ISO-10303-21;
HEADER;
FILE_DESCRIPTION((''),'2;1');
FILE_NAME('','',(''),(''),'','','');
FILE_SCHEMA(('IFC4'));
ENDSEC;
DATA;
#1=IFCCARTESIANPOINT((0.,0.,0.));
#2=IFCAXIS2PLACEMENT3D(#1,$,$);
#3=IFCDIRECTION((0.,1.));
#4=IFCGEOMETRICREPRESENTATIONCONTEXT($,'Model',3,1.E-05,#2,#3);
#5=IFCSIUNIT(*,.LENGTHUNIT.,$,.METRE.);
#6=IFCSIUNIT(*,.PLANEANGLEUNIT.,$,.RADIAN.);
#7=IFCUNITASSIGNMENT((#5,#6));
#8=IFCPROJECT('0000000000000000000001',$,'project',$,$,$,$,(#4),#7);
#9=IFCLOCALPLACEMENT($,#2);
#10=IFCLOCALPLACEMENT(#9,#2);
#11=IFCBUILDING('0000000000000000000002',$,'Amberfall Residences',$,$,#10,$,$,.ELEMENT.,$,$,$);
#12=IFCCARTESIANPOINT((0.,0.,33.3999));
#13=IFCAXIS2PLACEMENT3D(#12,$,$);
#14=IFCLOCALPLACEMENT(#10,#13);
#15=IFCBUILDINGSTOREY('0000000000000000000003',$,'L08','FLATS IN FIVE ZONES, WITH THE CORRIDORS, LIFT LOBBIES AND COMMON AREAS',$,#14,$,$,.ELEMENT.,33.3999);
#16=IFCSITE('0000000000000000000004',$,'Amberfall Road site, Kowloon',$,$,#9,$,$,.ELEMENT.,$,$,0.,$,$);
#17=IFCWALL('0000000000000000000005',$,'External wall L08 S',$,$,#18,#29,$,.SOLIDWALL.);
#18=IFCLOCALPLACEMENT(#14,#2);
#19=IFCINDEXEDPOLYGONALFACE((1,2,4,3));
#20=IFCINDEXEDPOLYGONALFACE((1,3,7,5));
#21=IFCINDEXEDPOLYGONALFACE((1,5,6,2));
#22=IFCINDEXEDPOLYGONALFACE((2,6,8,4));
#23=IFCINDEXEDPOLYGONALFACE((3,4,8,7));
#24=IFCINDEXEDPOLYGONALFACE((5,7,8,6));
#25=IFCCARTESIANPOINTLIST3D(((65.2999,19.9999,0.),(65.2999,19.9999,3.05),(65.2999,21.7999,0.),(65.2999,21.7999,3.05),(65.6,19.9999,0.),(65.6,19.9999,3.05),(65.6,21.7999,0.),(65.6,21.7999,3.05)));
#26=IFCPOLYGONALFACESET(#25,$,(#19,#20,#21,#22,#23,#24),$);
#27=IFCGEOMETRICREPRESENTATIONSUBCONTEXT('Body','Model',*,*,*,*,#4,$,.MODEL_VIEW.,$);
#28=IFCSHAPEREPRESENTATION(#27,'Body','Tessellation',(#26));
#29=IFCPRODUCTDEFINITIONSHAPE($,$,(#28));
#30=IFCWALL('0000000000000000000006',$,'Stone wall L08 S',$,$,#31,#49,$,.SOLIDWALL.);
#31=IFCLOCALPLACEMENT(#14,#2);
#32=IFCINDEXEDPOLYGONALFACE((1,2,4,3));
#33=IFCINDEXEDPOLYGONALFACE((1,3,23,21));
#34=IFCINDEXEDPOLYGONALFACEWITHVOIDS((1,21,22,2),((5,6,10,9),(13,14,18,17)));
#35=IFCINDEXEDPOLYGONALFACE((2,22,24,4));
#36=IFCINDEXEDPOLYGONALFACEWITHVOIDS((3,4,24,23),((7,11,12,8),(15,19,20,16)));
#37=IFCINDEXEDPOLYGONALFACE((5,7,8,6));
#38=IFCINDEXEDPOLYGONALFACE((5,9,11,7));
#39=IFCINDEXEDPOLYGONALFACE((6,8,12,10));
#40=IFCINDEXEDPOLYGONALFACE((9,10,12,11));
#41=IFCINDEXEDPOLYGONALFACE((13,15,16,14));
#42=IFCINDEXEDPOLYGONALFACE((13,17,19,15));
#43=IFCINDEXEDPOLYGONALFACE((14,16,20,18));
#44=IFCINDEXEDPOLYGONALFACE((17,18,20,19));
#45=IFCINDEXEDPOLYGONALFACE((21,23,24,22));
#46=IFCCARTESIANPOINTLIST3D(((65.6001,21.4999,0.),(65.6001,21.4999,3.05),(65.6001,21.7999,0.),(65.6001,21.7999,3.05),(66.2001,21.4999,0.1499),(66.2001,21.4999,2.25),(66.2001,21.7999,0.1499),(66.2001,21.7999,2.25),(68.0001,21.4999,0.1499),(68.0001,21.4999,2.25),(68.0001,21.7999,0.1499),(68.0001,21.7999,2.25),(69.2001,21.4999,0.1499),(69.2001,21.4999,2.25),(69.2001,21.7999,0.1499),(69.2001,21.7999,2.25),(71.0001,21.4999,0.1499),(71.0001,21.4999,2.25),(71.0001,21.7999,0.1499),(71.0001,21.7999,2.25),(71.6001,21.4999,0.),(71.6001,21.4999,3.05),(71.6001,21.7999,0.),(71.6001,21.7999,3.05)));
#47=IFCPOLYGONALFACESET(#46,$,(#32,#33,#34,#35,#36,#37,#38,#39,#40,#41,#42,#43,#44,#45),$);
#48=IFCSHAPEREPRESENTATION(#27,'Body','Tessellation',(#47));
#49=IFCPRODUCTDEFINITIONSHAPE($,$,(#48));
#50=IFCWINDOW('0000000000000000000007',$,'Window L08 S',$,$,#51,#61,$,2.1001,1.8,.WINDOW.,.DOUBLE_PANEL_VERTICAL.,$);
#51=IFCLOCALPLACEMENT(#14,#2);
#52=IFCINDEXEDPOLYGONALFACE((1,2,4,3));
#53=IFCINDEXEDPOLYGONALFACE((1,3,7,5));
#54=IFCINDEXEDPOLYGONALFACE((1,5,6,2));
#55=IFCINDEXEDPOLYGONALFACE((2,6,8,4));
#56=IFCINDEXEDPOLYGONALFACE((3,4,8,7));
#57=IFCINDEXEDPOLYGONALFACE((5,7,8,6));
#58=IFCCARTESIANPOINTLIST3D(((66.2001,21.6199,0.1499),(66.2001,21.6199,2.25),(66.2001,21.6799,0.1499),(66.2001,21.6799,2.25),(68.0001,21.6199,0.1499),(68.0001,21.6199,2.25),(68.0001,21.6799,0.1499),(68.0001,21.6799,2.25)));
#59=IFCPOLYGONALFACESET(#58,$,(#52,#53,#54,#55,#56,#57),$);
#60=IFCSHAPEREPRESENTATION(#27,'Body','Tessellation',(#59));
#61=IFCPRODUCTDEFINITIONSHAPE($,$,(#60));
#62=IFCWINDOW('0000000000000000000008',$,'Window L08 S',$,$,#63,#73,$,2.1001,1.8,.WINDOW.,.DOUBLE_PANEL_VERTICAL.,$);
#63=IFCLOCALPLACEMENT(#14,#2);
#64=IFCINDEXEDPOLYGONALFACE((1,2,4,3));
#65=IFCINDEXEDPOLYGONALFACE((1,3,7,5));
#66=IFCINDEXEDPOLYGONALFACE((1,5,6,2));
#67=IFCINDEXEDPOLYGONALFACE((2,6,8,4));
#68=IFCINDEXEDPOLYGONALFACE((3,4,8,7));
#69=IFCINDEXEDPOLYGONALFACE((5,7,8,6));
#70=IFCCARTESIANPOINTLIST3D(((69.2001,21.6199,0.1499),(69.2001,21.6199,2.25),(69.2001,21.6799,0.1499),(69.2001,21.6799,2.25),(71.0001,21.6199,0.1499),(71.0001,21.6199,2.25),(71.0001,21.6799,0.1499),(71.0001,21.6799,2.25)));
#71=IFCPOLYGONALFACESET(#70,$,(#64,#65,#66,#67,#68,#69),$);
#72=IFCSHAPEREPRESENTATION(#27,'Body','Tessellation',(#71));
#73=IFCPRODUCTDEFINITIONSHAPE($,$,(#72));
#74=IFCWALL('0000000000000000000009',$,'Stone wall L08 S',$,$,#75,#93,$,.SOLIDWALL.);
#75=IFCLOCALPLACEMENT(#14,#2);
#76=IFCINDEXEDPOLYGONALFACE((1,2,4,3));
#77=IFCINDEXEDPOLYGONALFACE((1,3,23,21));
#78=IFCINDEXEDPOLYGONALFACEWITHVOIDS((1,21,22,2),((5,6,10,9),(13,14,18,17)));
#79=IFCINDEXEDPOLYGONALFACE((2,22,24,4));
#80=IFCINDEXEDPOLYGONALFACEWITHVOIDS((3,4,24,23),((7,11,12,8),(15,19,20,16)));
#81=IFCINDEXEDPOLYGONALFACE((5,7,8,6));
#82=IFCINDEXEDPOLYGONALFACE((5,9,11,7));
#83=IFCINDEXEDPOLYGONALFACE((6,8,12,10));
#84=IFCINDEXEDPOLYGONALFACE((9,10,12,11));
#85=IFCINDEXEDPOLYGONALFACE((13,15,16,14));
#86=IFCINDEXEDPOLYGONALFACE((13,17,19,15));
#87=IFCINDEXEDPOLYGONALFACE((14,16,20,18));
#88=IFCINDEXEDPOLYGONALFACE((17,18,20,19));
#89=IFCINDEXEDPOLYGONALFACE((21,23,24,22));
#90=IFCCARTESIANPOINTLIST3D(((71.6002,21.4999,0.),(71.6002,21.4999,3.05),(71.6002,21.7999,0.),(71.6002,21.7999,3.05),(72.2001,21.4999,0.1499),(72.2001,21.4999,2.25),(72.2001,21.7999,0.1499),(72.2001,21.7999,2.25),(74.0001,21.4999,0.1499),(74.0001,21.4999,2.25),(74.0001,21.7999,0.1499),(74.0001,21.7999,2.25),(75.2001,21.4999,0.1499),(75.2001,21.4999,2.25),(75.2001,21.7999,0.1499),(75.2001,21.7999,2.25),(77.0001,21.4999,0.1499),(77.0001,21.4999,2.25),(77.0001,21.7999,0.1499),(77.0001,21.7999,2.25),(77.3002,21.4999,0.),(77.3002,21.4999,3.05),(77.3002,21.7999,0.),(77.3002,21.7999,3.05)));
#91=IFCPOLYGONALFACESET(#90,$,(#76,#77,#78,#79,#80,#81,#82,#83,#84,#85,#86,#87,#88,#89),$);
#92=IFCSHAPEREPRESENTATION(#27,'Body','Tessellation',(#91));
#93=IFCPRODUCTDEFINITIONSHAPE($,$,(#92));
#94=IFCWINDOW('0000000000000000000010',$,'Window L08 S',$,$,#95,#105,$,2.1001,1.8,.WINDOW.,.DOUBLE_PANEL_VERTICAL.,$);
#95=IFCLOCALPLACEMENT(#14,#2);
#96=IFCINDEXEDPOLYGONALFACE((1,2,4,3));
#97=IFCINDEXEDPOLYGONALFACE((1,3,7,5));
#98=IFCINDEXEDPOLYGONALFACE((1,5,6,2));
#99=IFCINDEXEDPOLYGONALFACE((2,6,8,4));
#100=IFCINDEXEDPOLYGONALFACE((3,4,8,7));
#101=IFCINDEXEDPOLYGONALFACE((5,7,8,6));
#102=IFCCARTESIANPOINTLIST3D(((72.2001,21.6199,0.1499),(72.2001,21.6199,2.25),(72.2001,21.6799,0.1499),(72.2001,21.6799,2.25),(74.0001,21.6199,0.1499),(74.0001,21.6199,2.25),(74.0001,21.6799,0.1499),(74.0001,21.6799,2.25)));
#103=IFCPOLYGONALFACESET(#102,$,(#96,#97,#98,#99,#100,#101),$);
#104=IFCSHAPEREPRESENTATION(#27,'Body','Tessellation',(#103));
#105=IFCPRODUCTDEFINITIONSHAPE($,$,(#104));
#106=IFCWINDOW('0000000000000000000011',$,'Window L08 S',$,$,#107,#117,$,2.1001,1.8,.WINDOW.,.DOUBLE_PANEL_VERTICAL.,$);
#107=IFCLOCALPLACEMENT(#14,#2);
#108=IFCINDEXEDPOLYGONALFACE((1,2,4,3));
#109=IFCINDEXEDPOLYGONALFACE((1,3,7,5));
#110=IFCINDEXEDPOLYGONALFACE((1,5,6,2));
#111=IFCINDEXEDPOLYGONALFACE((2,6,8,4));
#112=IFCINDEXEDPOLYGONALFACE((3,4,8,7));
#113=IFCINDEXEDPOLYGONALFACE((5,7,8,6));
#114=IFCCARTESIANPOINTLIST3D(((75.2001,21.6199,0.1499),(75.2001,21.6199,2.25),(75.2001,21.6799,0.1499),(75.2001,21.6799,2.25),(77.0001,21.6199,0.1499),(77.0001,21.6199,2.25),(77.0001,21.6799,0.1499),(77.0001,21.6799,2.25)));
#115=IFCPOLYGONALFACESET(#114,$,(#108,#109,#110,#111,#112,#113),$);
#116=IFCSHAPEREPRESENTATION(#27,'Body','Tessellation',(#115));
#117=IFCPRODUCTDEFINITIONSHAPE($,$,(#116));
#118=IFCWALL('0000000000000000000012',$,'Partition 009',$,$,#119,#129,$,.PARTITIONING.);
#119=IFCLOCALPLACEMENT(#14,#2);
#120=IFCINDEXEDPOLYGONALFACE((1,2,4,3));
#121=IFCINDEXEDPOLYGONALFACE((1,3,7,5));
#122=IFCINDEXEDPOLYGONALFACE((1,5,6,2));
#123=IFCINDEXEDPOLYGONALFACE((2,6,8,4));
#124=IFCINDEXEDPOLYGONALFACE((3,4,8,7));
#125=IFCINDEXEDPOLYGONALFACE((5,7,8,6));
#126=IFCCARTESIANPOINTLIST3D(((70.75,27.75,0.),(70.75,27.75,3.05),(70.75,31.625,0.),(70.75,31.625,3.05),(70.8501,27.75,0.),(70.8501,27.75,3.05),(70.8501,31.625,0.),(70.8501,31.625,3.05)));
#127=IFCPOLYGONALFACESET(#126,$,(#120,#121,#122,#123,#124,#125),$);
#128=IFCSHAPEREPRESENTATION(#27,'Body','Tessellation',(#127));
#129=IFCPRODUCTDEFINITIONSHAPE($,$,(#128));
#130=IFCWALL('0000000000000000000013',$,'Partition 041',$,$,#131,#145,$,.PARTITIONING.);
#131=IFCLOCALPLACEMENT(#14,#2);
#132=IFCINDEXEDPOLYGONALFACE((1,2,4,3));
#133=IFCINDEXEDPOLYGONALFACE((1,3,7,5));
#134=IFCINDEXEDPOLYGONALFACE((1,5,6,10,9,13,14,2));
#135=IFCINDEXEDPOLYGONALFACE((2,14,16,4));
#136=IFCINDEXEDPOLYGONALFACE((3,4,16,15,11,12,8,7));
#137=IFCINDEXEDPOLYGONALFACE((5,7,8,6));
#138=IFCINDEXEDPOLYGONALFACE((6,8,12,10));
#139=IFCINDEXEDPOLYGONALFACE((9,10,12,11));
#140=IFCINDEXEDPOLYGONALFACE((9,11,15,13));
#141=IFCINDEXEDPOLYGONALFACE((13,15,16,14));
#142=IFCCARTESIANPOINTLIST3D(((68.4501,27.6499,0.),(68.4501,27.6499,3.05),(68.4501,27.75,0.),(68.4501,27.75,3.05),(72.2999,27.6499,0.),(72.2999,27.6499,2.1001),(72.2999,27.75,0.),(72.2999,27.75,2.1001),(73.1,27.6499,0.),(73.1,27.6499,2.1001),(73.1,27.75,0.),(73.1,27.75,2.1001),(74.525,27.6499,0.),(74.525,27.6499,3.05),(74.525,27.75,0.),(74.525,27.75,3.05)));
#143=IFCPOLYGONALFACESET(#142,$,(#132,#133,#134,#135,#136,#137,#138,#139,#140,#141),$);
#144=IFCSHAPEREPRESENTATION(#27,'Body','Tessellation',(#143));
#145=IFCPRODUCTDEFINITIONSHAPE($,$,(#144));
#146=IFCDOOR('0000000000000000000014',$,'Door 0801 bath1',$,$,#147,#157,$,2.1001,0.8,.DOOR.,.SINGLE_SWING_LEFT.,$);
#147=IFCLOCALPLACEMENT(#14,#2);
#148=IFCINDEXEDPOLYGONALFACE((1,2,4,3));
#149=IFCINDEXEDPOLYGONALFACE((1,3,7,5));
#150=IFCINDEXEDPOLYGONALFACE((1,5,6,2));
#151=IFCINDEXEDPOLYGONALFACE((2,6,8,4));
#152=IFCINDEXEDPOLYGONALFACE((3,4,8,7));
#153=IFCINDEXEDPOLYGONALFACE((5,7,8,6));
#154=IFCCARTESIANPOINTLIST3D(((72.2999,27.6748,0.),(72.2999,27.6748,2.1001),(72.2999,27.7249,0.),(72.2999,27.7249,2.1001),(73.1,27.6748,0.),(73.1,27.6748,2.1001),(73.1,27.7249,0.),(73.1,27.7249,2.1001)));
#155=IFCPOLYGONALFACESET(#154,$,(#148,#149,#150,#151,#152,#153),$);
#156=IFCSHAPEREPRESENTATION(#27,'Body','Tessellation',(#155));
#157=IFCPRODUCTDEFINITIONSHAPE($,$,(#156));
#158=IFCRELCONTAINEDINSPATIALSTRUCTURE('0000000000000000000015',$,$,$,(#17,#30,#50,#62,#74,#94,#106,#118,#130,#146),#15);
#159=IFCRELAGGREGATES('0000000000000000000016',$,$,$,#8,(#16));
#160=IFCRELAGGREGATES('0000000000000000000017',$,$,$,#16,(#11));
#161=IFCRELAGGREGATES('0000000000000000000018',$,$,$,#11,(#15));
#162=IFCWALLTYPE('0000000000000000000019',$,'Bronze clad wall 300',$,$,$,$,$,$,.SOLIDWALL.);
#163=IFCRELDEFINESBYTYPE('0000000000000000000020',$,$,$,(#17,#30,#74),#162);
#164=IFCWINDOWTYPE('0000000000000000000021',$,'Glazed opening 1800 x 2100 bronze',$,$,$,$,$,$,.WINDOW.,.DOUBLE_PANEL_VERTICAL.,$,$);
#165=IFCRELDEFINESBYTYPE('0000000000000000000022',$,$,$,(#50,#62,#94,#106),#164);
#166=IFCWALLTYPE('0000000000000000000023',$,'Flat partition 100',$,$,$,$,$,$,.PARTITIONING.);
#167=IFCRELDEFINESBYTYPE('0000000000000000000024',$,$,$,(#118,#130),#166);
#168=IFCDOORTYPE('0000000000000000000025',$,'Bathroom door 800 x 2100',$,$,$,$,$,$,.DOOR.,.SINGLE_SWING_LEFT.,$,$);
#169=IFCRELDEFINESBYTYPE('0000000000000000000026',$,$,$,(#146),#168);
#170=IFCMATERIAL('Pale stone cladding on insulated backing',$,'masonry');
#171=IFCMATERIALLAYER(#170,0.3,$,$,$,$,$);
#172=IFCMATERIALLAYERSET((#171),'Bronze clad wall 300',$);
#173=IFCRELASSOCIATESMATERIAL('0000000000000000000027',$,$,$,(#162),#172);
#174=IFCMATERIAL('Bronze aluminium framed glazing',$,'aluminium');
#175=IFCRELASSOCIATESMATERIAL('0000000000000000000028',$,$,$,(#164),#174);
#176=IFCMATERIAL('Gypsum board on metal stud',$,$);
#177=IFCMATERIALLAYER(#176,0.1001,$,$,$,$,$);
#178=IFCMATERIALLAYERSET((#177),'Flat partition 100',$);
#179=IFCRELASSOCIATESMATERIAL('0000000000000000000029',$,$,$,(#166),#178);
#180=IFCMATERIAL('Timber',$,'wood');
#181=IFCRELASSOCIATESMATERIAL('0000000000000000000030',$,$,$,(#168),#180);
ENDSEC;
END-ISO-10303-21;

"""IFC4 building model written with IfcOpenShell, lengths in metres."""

from ifc_helpers import new_model, si_unit, direction, frame, frame_2d, origin, place, context, subcontext, project, spatial, rectangle, extrude, material, layer, layer_set, type_object, element, fill, save


model = new_model("IFC4")

# Units and contexts
model_context = context("Model", 3, precision=1e-05, world=origin(), true_north=direction((0.0, 1.0)))
body_context = subcontext(model_context, "Body", "Model", "MODEL_VIEW")
ifc_project = project(units=[si_unit("LENGTHUNIT", "METRE"), si_unit("PLANEANGLEUNIT", "RADIAN")], contexts=[model_context])

# Site, building, storey
site_placement = place(None, origin())
site = spatial("IfcSite", under=ifc_project, at=site_placement, Name="Amberfall Road site, Kowloon", CompositionType="ELEMENT", RefElevation=0.0)
building_placement = place(site_placement, origin())
building = spatial("IfcBuilding", under=site, at=building_placement, Name="Amberfall Residences", CompositionType="ELEMENT")
storey_placement = place(building_placement, frame((0.0, 0.0, 33.3999)))
storey = spatial("IfcBuildingStorey", under=building, at=storey_placement, Name="L08", Description="FLATS IN FIVE ZONES, WITH THE CORRIDORS, LIFT LOBBIES AND COMMON AREAS", CompositionType="ELEMENT", Elevation=33.3999)

# Wall
ifc_material_1 = material(Name="Pale stone cladding on insulated backing", Category="masonry")
ifc_layer_1 = layer(ifc_material_1, 0.3)
ifc_layer_set_1 = layer_set([ifc_layer_1], Name="Bronze clad wall 300")
wall_type_1 = type_object("IfcWallType", Name="Bronze clad wall 300", PredefinedType="SOLIDWALL", material=ifc_layer_set_1)
wall_1_placement = place(storey_placement, frame((65.45, 20.0, 0.0), z_axis=(0.0, 0.0, 1.0), x_axis=(0.0, 1.0, 0.0)))
element("IfcWall", 1, at=wall_1_placement, inside=storey, type_object=wall_type_1, Name="External wall L08 S", PredefinedType="SOLIDWALL", context=body_context, shape_type="SweptSolid", body=[
    extrude(rectangle(XDim=1.8, YDim=0.3, at=frame_2d((0.8999, 0.0))), origin(), (0.0, 0.0, 1.0), 3.05),
])

# Walls, openings, windows
wall_2_placement = place(storey_placement, frame((65.6001, 21.6499, 0.0), z_axis=(0.0, 0.0, 1.0), x_axis=(1.0, 0.0, 0.0)))
wall_2 = element("IfcWall", 2, at=wall_2_placement, inside=storey, type_object=wall_type_1, Name="Stone wall L08 S", PredefinedType="SOLIDWALL", context=body_context, shape_type="SweptSolid", body=[
    extrude(rectangle(XDim=6.0, YDim=0.3, at=frame_2d((3.0, 0.0))), origin(), (0.0, 0.0, 1.0), 3.05),
])
opening_1_placement = place(wall_2_placement, frame((0.6001, 0.0, 0.1499)))
opening_1 = element("IfcOpeningElement", 3, at=opening_1_placement, cuts=wall_2, PredefinedType="OPENING", context=body_context, shape_type="SweptSolid", body=[
    extrude(rectangle(XDim=1.8, YDim=2.1001, at=frame_2d((0.8999, 1.05))), frame((0.0, 0.1599, 0.0), z_axis=(0.0, -1.0, 0.0), x_axis=(1.0, 0.0, 0.0)), (0.0, 0.0, 1.0), 0.3201),
])
opening_2_placement = place(wall_2_placement, frame((3.6001, 0.0, 0.1499)))
opening_2 = element("IfcOpeningElement", 4, at=opening_2_placement, cuts=wall_2, PredefinedType="OPENING", context=body_context, shape_type="SweptSolid", body=[
    extrude(rectangle(XDim=1.8, YDim=2.1001, at=frame_2d((0.8999, 1.05))), frame((0.0, 0.1599, 0.0), z_axis=(0.0, -1.0, 0.0), x_axis=(1.0, 0.0, 0.0)), (0.0, 0.0, 1.0), 0.3201),
])
ifc_material_2 = material(Name="Bronze aluminium framed glazing", Category="aluminium")
window_type = type_object("IfcWindowType", Name="Glazed opening 1800 x 2100 bronze", PartitioningType="DOUBLE_PANEL_VERTICAL", PredefinedType="WINDOW", material=ifc_material_2)
window_1_placement = place(opening_1_placement, origin())
window_1 = element("IfcWindow", 5, at=window_1_placement, inside=storey, type_object=window_type, Name="Window L08 S", OverallHeight=2.1001, OverallWidth=1.8, PartitioningType="DOUBLE_PANEL_VERTICAL", PredefinedType="WINDOW", context=body_context, shape_type="SweptSolid", body=[
    extrude(rectangle(XDim=1.8, YDim=2.1001, at=frame_2d((0.8999, 1.05))), frame((0.0, 0.03, 0.0), z_axis=(0.0, -1.0, 0.0), x_axis=(1.0, 0.0, 0.0)), (0.0, 0.0, 1.0), 0.0601),
])
fill(opening_1, window_1)
window_2_placement = place(opening_2_placement, origin())
window_2 = element("IfcWindow", 6, at=window_2_placement, inside=storey, type_object=window_type, Name="Window L08 S", OverallHeight=2.1001, OverallWidth=1.8, PartitioningType="DOUBLE_PANEL_VERTICAL", PredefinedType="WINDOW", context=body_context, shape_type="SweptSolid", body=[
    extrude(rectangle(XDim=1.8, YDim=2.1001, at=frame_2d((0.8999, 1.05))), frame((0.0, 0.03, 0.0), z_axis=(0.0, -1.0, 0.0), x_axis=(1.0, 0.0, 0.0)), (0.0, 0.0, 1.0), 0.0601),
])
fill(opening_2, window_2)
wall_3_placement = place(storey_placement, frame((71.6001, 21.6499, 0.0), z_axis=(0.0, 0.0, 1.0), x_axis=(1.0, 0.0, 0.0)))
wall_3 = element("IfcWall", 7, at=wall_3_placement, inside=storey, type_object=wall_type_1, Name="Stone wall L08 S", PredefinedType="SOLIDWALL", context=body_context, shape_type="SweptSolid", body=[
    extrude(rectangle(XDim=5.7, YDim=0.3, at=frame_2d((2.8501, 0.0))), origin(), (0.0, 0.0, 1.0), 3.05),
])
opening_3_placement = place(wall_3_placement, frame((0.6001, 0.0, 0.1499)))
opening_3 = element("IfcOpeningElement", 8, at=opening_3_placement, cuts=wall_3, PredefinedType="OPENING", context=body_context, shape_type="SweptSolid", body=[
    extrude(rectangle(XDim=1.8, YDim=2.1001, at=frame_2d((0.8999, 1.05))), frame((0.0, 0.1599, 0.0), z_axis=(0.0, -1.0, 0.0), x_axis=(1.0, 0.0, 0.0)), (0.0, 0.0, 1.0), 0.3201),
])
opening_4_placement = place(wall_3_placement, frame((3.6001, 0.0, 0.1499)))
opening_4 = element("IfcOpeningElement", 9, at=opening_4_placement, cuts=wall_3, PredefinedType="OPENING", context=body_context, shape_type="SweptSolid", body=[
    extrude(rectangle(XDim=1.8, YDim=2.1001, at=frame_2d((0.8999, 1.05))), frame((0.0, 0.1599, 0.0), z_axis=(0.0, -1.0, 0.0), x_axis=(1.0, 0.0, 0.0)), (0.0, 0.0, 1.0), 0.3201),
])
window_3_placement = place(opening_3_placement, origin())
window_3 = element("IfcWindow", 10, at=window_3_placement, inside=storey, type_object=window_type, Name="Window L08 S", OverallHeight=2.1001, OverallWidth=1.8, PartitioningType="DOUBLE_PANEL_VERTICAL", PredefinedType="WINDOW", context=body_context, shape_type="SweptSolid", body=[
    extrude(rectangle(XDim=1.8, YDim=2.1001, at=frame_2d((0.8999, 1.05))), frame((0.0, 0.03, 0.0), z_axis=(0.0, -1.0, 0.0), x_axis=(1.0, 0.0, 0.0)), (0.0, 0.0, 1.0), 0.0601),
])
fill(opening_3, window_3)
window_4_placement = place(opening_4_placement, origin())
window_4 = element("IfcWindow", 11, at=window_4_placement, inside=storey, type_object=window_type, Name="Window L08 S", OverallHeight=2.1001, OverallWidth=1.8, PartitioningType="DOUBLE_PANEL_VERTICAL", PredefinedType="WINDOW", context=body_context, shape_type="SweptSolid", body=[
    extrude(rectangle(XDim=1.8, YDim=2.1001, at=frame_2d((0.8999, 1.05))), frame((0.0, 0.03, 0.0), z_axis=(0.0, -1.0, 0.0), x_axis=(1.0, 0.0, 0.0)), (0.0, 0.0, 1.0), 0.0601),
])
fill(opening_4, window_4)

# Wall
ifc_material_3 = material(Name="Gypsum board on metal stud")
ifc_layer_2 = layer(ifc_material_3, 0.1001)
ifc_layer_set_2 = layer_set([ifc_layer_2], Name="Flat partition 100")
wall_type_2 = type_object("IfcWallType", Name="Flat partition 100", PredefinedType="PARTITIONING", material=ifc_layer_set_2)
wall_4_placement = place(storey_placement, frame((70.8, 27.75, 0.0), z_axis=(0.0, 0.0, 1.0), x_axis=(0.0, 1.0, 0.0)))
element("IfcWall", 12, at=wall_4_placement, inside=storey, type_object=wall_type_2, Name="Partition 009", PredefinedType="PARTITIONING", context=body_context, shape_type="SweptSolid", body=[
    extrude(rectangle(XDim=3.875, YDim=0.1001, at=frame_2d((1.9375, 0.0))), origin(), (0.0, 0.0, 1.0), 3.05),
])

# Wall, opening, door
wall_5_placement = place(storey_placement, frame((68.45, 27.7, 0.0), z_axis=(0.0, 0.0, 1.0), x_axis=(1.0, 0.0, 0.0)))
wall_5 = element("IfcWall", 13, at=wall_5_placement, inside=storey, type_object=wall_type_2, Name="Partition 041", PredefinedType="PARTITIONING", context=body_context, shape_type="SweptSolid", body=[
    extrude(rectangle(XDim=6.075, YDim=0.1001, at=frame_2d((3.0376, 0.0))), origin(), (0.0, 0.0, 1.0), 3.05),
])
opening_5_placement = place(wall_5_placement, frame((3.8501, 0.0, 0.0)))
opening_5 = element("IfcOpeningElement", 14, at=opening_5_placement, cuts=wall_5, PredefinedType="OPENING", context=body_context, shape_type="SweptSolid", body=[
    extrude(rectangle(XDim=0.8, YDim=2.1001, at=frame_2d((0.3999, 1.05))), frame((0.0, 0.0601, 0.0), z_axis=(0.0, -1.0, 0.0), x_axis=(1.0, 0.0, 0.0)), (0.0, 0.0, 1.0), 0.1201),
])
ifc_material_4 = material(Name="Timber", Category="wood")
door_type = type_object("IfcDoorType", Name="Bathroom door 800 x 2100", OperationType="SINGLE_SWING_LEFT", PredefinedType="DOOR", material=ifc_material_4)
door_placement = place(opening_5_placement, origin())
door = element("IfcDoor", 15, at=door_placement, inside=storey, type_object=door_type, Name="Door 0801 bath1", OperationType="SINGLE_SWING_LEFT", OverallHeight=2.1001, OverallWidth=0.8, PredefinedType="DOOR", context=body_context, shape_type="SweptSolid", body=[
    extrude(rectangle(XDim=0.8, YDim=2.1001, at=frame_2d((0.3999, 1.05))), frame((0.0, 0.0249, 0.0), z_axis=(0.0, -1.0, 0.0), x_axis=(1.0, 0.0, 0.0)), (0.0, 0.0, 1.0), 0.05),
])
fill(opening_5, door)

save(model, "model.ifc")
